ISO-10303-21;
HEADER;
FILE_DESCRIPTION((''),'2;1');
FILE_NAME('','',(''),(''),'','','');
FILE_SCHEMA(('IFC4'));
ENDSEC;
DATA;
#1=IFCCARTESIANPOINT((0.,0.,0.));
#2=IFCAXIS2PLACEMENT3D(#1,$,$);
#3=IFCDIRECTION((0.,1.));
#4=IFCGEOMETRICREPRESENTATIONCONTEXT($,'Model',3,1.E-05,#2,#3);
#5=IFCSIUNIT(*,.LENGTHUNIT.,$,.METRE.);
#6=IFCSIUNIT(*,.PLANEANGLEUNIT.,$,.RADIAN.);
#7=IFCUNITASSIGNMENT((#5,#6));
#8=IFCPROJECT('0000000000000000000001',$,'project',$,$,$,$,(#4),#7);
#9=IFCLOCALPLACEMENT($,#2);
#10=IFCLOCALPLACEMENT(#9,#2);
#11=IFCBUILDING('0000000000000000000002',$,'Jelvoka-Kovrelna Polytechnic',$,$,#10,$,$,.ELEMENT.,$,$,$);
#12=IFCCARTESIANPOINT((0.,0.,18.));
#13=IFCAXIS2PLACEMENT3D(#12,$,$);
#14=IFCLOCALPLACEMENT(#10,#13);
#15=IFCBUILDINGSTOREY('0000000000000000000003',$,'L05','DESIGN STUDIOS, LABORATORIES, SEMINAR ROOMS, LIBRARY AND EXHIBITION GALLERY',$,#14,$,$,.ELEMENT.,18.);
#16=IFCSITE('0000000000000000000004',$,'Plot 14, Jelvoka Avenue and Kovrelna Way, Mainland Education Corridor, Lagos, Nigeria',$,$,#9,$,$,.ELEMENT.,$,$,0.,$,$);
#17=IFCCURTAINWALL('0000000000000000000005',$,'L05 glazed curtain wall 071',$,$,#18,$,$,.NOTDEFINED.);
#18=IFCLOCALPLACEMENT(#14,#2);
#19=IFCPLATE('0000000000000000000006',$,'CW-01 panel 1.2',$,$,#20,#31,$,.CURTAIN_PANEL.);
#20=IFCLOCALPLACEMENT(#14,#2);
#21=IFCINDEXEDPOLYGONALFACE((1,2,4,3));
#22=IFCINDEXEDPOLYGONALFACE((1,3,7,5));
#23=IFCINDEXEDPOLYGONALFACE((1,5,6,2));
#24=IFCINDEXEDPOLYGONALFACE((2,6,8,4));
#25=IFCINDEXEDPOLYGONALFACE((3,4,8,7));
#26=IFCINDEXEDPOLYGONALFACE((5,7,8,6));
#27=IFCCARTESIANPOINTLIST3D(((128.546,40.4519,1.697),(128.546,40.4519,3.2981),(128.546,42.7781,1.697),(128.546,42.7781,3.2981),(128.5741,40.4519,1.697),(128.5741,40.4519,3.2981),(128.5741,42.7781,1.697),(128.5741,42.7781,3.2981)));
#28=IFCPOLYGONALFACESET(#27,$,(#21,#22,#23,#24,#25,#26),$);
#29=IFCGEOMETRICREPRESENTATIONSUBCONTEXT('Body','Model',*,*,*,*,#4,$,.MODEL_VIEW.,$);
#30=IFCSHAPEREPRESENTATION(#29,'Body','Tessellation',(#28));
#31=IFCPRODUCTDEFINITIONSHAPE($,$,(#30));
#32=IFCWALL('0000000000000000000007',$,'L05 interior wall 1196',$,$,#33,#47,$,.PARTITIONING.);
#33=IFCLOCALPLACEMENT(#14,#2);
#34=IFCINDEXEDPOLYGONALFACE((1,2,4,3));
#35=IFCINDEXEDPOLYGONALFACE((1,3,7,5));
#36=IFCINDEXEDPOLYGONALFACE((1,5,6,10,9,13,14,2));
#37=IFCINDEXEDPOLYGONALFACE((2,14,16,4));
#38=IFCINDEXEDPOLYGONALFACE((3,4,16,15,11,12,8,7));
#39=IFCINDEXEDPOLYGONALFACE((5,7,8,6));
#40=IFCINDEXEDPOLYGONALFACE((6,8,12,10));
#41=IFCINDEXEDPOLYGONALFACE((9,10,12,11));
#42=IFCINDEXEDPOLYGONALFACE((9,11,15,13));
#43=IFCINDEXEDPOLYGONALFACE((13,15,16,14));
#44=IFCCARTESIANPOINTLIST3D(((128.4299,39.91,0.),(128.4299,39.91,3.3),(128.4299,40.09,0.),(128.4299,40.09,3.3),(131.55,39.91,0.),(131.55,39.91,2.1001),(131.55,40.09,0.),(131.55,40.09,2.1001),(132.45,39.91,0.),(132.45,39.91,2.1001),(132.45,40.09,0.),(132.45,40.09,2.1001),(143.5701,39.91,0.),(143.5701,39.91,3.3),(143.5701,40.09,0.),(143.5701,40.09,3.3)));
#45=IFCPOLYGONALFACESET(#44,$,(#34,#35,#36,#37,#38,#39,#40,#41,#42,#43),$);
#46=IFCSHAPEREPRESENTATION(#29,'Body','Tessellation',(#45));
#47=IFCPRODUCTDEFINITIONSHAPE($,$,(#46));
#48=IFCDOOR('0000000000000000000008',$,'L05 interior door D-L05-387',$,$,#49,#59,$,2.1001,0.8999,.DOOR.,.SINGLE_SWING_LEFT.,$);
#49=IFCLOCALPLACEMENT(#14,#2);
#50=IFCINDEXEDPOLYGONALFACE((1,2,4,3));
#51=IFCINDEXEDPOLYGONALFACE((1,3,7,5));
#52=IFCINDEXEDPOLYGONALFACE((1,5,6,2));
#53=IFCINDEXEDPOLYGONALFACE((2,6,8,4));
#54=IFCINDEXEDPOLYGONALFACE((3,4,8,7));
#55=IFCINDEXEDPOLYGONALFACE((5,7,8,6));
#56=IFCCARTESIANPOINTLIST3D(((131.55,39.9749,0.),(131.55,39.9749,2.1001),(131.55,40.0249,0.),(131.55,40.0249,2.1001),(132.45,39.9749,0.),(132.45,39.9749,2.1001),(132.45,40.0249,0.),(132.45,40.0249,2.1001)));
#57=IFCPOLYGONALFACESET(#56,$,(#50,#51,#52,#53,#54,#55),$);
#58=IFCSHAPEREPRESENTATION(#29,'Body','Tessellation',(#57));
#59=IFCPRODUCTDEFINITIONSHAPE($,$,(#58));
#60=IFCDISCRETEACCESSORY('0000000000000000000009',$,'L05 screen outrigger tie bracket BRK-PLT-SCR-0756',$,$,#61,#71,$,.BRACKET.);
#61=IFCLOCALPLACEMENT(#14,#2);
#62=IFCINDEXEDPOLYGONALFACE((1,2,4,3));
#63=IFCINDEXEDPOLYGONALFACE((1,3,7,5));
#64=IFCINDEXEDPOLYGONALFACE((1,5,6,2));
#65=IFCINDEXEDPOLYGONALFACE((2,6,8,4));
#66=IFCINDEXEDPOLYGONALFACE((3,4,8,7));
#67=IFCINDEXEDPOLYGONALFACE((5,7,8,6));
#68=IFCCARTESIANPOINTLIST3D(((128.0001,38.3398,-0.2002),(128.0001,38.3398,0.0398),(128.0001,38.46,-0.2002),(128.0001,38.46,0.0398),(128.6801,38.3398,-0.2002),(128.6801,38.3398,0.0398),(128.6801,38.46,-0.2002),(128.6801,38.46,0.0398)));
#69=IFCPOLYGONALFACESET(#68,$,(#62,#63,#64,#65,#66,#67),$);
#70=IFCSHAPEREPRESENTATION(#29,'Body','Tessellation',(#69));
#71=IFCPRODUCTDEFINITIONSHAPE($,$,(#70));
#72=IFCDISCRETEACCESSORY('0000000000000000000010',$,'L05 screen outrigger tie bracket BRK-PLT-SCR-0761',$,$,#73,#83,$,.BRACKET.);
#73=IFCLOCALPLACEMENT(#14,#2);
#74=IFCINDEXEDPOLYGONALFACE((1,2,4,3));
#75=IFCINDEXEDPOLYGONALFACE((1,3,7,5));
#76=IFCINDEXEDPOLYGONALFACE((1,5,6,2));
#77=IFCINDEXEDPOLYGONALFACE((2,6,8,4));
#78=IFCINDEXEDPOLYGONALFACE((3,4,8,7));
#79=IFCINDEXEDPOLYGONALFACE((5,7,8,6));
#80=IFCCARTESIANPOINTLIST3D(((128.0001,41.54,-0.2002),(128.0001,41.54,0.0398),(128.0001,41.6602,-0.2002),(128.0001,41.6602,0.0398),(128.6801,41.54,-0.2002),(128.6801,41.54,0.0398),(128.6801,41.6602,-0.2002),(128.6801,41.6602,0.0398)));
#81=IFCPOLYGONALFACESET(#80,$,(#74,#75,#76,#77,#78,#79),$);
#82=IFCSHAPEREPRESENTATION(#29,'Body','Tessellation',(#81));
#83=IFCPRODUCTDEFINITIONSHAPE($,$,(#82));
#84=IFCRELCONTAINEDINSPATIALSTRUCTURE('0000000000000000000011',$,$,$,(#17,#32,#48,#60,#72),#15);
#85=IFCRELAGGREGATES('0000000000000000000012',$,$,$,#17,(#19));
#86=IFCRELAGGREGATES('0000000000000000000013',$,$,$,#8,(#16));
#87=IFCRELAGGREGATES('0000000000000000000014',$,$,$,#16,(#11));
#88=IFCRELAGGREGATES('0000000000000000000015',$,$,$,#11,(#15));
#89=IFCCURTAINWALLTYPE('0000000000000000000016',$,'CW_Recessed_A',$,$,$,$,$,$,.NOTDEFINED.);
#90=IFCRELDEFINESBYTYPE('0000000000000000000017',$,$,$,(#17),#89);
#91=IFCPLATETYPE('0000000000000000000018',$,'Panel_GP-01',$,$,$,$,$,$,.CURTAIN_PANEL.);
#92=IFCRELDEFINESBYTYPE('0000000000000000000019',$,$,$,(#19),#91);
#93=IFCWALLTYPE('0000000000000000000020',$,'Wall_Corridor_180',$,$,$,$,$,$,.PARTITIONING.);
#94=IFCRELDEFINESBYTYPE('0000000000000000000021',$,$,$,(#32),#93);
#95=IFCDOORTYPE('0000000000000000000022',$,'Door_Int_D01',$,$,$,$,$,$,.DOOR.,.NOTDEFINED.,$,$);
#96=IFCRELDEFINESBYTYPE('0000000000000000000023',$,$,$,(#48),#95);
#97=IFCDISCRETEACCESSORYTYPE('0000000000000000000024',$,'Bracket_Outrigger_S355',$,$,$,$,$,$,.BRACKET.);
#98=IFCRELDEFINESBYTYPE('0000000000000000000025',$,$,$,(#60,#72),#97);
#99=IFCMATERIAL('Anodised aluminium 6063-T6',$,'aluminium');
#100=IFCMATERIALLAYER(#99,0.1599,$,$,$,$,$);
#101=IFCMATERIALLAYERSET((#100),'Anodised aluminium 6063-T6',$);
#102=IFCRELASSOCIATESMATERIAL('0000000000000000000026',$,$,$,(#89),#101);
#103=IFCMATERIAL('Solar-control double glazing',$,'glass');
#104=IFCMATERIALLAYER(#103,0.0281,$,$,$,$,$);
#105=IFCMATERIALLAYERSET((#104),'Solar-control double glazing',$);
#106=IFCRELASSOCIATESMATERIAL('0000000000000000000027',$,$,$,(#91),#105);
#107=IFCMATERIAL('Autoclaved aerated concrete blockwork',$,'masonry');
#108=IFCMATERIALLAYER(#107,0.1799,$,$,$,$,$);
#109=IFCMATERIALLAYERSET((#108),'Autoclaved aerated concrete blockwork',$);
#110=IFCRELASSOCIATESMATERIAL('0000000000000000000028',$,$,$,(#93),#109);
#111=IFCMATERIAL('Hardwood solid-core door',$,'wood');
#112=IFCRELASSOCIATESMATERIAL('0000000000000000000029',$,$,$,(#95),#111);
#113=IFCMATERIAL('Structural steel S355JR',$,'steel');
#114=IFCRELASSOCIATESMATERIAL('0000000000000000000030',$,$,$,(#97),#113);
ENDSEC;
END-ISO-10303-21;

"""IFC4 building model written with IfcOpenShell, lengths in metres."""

from ifc_helpers import new_model, si_unit, direction, frame, frame_2d, origin, origin_2d, place, context, subcontext, project, spatial, rectangle, extrude, material, layer, layer_set, type_object, element, fill, aggregate, save


model = new_model("IFC4")

# Units and contexts
model_context = context("Model", 3, precision=1e-05, world=origin(), true_north=direction((0.0, 1.0)))
body_context = subcontext(model_context, "Body", "Model", "MODEL_VIEW")
ifc_project = project(units=[si_unit("LENGTHUNIT", "METRE"), si_unit("PLANEANGLEUNIT", "RADIAN")], contexts=[model_context])

# Site, building, storey
site_placement = place(None, origin())
site = spatial("IfcSite", under=ifc_project, at=site_placement, Name="Plot 14, Jelvoka Avenue and Kovrelna Way, Mainland Education Corridor, Lagos, Nigeria", CompositionType="ELEMENT", RefElevation=0.0)
building_placement = place(site_placement, origin())
building = spatial("IfcBuilding", under=site, at=building_placement, Name="Jelvoka-Kovrelna Polytechnic", CompositionType="ELEMENT")
storey_placement = place(building_placement, frame((0.0, 0.0, 18.0)))
storey = spatial("IfcBuildingStorey", under=building, at=storey_placement, Name="L05", Description="DESIGN STUDIOS, LABORATORIES, SEMINAR ROOMS, LIBRARY AND EXHIBITION GALLERY", CompositionType="ELEMENT", Elevation=18.0)

# Shared definitions
ifc_material_1 = material(Name="Anodised aluminium 6063-T6", Category="aluminium")
ifc_layer_1 = layer(ifc_material_1, 0.1599)
ifc_layer_set_1 = layer_set([ifc_layer_1], Name="Anodised aluminium 6063-T6")
curtain_wall_type = type_object("IfcCurtainWallType", Name="CW_Recessed_A", PredefinedType="NOTDEFINED", material=ifc_layer_set_1)

# Curtain wall
curtain_wall_1_placement = place(storey_placement, origin())
curtain_wall_1 = element("IfcCurtainWall", 1, at=curtain_wall_1_placement, inside=storey, type_object=curtain_wall_type, Name="L05 glazed curtain wall 071", PredefinedType="NOTDEFINED")

# Plate
ifc_material_2 = material(Name="Solar-control double glazing", Category="glass")
ifc_layer_2 = layer(ifc_material_2, 0.0281)
ifc_layer_set_2 = layer_set([ifc_layer_2], Name="Solar-control double glazing")
plate_type = type_object("IfcPlateType", Name="Panel_GP-01", PredefinedType="CURTAIN_PANEL", material=ifc_layer_set_2)
plate_1_placement = place(storey_placement, frame((128.5601, 41.615, 1.697), z_axis=(0.0, 0.0, 1.0), x_axis=(0.0, 1.0, 0.0)))
plate_1 = element("IfcPlate", 2, at=plate_1_placement, type_object=plate_type, Name="CW-01 panel 1.2", PredefinedType="CURTAIN_PANEL", context=body_context, shape_type="SweptSolid", body=[
    extrude(rectangle(XDim=2.3262, YDim=0.0281, at=origin_2d()), origin(), (0.0, 0.0, 1.0), 1.6011),
])
aggregate(curtain_wall_1, [plate_1])

# Wall, opening, door
ifc_material_3 = material(Name="Autoclaved aerated concrete blockwork", Category="masonry")
ifc_layer_3 = layer(ifc_material_3, 0.1799)
ifc_layer_set_3 = layer_set([ifc_layer_3], Name="Autoclaved aerated concrete blockwork")
wall_type = type_object("IfcWallType", Name="Wall_Corridor_180", PredefinedType="PARTITIONING", material=ifc_layer_set_3)
wall_placement = place(storey_placement, frame((128.4299, 40.0, 0.0), z_axis=(0.0, 0.0, 1.0), x_axis=(1.0, 0.0, 0.0)))
wall = element("IfcWall", 3, at=wall_placement, inside=storey, type_object=wall_type, Name="L05 interior wall 1196", PredefinedType="PARTITIONING", context=body_context, shape_type="SweptSolid", body=[
    extrude(rectangle(XDim=15.1401, YDim=0.1799, at=frame_2d((7.5701, 0.0))), origin(), (0.0, 0.0, 1.0), 3.3),
])
opening_placement = place(wall_placement, frame((3.1201, 0.0, 0.0)))
opening = element("IfcOpeningElement", 4, at=opening_placement, cuts=wall, PredefinedType="OPENING", context=body_context, shape_type="SweptSolid", body=[
    extrude(rectangle(XDim=0.8999, YDim=2.1001, at=frame_2d((0.45, 1.05))), frame((0.0, 0.0999, 0.0), z_axis=(0.0, -1.0, 0.0), x_axis=(1.0, 0.0, 0.0)), (0.0, 0.0, 1.0), 0.2),
])
ifc_material_4 = material(Name="Hardwood solid-core door", Category="wood")
door_type = type_object("IfcDoorType", Name="Door_Int_D01", OperationType="NOTDEFINED", PredefinedType="DOOR", material=ifc_material_4)
door_placement = place(opening_placement, origin())
door = element("IfcDoor", 5, at=door_placement, inside=storey, type_object=door_type, Name="L05 interior door D-L05-387", OperationType="SINGLE_SWING_LEFT", OverallHeight=2.1001, OverallWidth=0.8999, PredefinedType="DOOR", context=body_context, shape_type="SweptSolid", body=[
    extrude(rectangle(XDim=0.8999, YDim=2.1001, at=frame_2d((0.45, 1.05))), frame((0.0, 0.0249, 0.0), z_axis=(0.0, -1.0, 0.0), x_axis=(1.0, 0.0, 0.0)), (0.0, 0.0, 1.0), 0.05),
])
fill(opening, door)

# Discrete accessories
ifc_material_5 = material(Name="Structural steel S355JR", Category="steel")
discrete_accessory_type = type_object("IfcDiscreteAccessoryType", Name="Bracket_Outrigger_S355", PredefinedType="BRACKET", material=ifc_material_5)
for number, where, z_axis, x_axis, name in (
    (6, (128.3401, 38.3999, -0.2002), (0.0, 0.0, 1.0), (1.0, 0.0, 0.0), "L05 screen outrigger tie bracket BRK-PLT-SCR-0756"),
    (7, (128.3401, 41.6001, -0.2002), (0.0, 0.0, 1.0), (1.0, 0.0, 0.0), "L05 screen outrigger tie bracket BRK-PLT-SCR-0761"),
):
    element("IfcDiscreteAccessory", number, at=place(storey_placement, frame(where, z_axis=z_axis, x_axis=x_axis)), inside=storey, type_object=discrete_accessory_type, Name=name, PredefinedType="BRACKET", context=body_context, shape_type="SweptSolid", body=[
        extrude(rectangle(XDim=0.6799, YDim=0.1201, at=origin_2d()), origin(), (0.0, 0.0, 1.0), 0.24),
    ])

save(model, "model.ifc")
